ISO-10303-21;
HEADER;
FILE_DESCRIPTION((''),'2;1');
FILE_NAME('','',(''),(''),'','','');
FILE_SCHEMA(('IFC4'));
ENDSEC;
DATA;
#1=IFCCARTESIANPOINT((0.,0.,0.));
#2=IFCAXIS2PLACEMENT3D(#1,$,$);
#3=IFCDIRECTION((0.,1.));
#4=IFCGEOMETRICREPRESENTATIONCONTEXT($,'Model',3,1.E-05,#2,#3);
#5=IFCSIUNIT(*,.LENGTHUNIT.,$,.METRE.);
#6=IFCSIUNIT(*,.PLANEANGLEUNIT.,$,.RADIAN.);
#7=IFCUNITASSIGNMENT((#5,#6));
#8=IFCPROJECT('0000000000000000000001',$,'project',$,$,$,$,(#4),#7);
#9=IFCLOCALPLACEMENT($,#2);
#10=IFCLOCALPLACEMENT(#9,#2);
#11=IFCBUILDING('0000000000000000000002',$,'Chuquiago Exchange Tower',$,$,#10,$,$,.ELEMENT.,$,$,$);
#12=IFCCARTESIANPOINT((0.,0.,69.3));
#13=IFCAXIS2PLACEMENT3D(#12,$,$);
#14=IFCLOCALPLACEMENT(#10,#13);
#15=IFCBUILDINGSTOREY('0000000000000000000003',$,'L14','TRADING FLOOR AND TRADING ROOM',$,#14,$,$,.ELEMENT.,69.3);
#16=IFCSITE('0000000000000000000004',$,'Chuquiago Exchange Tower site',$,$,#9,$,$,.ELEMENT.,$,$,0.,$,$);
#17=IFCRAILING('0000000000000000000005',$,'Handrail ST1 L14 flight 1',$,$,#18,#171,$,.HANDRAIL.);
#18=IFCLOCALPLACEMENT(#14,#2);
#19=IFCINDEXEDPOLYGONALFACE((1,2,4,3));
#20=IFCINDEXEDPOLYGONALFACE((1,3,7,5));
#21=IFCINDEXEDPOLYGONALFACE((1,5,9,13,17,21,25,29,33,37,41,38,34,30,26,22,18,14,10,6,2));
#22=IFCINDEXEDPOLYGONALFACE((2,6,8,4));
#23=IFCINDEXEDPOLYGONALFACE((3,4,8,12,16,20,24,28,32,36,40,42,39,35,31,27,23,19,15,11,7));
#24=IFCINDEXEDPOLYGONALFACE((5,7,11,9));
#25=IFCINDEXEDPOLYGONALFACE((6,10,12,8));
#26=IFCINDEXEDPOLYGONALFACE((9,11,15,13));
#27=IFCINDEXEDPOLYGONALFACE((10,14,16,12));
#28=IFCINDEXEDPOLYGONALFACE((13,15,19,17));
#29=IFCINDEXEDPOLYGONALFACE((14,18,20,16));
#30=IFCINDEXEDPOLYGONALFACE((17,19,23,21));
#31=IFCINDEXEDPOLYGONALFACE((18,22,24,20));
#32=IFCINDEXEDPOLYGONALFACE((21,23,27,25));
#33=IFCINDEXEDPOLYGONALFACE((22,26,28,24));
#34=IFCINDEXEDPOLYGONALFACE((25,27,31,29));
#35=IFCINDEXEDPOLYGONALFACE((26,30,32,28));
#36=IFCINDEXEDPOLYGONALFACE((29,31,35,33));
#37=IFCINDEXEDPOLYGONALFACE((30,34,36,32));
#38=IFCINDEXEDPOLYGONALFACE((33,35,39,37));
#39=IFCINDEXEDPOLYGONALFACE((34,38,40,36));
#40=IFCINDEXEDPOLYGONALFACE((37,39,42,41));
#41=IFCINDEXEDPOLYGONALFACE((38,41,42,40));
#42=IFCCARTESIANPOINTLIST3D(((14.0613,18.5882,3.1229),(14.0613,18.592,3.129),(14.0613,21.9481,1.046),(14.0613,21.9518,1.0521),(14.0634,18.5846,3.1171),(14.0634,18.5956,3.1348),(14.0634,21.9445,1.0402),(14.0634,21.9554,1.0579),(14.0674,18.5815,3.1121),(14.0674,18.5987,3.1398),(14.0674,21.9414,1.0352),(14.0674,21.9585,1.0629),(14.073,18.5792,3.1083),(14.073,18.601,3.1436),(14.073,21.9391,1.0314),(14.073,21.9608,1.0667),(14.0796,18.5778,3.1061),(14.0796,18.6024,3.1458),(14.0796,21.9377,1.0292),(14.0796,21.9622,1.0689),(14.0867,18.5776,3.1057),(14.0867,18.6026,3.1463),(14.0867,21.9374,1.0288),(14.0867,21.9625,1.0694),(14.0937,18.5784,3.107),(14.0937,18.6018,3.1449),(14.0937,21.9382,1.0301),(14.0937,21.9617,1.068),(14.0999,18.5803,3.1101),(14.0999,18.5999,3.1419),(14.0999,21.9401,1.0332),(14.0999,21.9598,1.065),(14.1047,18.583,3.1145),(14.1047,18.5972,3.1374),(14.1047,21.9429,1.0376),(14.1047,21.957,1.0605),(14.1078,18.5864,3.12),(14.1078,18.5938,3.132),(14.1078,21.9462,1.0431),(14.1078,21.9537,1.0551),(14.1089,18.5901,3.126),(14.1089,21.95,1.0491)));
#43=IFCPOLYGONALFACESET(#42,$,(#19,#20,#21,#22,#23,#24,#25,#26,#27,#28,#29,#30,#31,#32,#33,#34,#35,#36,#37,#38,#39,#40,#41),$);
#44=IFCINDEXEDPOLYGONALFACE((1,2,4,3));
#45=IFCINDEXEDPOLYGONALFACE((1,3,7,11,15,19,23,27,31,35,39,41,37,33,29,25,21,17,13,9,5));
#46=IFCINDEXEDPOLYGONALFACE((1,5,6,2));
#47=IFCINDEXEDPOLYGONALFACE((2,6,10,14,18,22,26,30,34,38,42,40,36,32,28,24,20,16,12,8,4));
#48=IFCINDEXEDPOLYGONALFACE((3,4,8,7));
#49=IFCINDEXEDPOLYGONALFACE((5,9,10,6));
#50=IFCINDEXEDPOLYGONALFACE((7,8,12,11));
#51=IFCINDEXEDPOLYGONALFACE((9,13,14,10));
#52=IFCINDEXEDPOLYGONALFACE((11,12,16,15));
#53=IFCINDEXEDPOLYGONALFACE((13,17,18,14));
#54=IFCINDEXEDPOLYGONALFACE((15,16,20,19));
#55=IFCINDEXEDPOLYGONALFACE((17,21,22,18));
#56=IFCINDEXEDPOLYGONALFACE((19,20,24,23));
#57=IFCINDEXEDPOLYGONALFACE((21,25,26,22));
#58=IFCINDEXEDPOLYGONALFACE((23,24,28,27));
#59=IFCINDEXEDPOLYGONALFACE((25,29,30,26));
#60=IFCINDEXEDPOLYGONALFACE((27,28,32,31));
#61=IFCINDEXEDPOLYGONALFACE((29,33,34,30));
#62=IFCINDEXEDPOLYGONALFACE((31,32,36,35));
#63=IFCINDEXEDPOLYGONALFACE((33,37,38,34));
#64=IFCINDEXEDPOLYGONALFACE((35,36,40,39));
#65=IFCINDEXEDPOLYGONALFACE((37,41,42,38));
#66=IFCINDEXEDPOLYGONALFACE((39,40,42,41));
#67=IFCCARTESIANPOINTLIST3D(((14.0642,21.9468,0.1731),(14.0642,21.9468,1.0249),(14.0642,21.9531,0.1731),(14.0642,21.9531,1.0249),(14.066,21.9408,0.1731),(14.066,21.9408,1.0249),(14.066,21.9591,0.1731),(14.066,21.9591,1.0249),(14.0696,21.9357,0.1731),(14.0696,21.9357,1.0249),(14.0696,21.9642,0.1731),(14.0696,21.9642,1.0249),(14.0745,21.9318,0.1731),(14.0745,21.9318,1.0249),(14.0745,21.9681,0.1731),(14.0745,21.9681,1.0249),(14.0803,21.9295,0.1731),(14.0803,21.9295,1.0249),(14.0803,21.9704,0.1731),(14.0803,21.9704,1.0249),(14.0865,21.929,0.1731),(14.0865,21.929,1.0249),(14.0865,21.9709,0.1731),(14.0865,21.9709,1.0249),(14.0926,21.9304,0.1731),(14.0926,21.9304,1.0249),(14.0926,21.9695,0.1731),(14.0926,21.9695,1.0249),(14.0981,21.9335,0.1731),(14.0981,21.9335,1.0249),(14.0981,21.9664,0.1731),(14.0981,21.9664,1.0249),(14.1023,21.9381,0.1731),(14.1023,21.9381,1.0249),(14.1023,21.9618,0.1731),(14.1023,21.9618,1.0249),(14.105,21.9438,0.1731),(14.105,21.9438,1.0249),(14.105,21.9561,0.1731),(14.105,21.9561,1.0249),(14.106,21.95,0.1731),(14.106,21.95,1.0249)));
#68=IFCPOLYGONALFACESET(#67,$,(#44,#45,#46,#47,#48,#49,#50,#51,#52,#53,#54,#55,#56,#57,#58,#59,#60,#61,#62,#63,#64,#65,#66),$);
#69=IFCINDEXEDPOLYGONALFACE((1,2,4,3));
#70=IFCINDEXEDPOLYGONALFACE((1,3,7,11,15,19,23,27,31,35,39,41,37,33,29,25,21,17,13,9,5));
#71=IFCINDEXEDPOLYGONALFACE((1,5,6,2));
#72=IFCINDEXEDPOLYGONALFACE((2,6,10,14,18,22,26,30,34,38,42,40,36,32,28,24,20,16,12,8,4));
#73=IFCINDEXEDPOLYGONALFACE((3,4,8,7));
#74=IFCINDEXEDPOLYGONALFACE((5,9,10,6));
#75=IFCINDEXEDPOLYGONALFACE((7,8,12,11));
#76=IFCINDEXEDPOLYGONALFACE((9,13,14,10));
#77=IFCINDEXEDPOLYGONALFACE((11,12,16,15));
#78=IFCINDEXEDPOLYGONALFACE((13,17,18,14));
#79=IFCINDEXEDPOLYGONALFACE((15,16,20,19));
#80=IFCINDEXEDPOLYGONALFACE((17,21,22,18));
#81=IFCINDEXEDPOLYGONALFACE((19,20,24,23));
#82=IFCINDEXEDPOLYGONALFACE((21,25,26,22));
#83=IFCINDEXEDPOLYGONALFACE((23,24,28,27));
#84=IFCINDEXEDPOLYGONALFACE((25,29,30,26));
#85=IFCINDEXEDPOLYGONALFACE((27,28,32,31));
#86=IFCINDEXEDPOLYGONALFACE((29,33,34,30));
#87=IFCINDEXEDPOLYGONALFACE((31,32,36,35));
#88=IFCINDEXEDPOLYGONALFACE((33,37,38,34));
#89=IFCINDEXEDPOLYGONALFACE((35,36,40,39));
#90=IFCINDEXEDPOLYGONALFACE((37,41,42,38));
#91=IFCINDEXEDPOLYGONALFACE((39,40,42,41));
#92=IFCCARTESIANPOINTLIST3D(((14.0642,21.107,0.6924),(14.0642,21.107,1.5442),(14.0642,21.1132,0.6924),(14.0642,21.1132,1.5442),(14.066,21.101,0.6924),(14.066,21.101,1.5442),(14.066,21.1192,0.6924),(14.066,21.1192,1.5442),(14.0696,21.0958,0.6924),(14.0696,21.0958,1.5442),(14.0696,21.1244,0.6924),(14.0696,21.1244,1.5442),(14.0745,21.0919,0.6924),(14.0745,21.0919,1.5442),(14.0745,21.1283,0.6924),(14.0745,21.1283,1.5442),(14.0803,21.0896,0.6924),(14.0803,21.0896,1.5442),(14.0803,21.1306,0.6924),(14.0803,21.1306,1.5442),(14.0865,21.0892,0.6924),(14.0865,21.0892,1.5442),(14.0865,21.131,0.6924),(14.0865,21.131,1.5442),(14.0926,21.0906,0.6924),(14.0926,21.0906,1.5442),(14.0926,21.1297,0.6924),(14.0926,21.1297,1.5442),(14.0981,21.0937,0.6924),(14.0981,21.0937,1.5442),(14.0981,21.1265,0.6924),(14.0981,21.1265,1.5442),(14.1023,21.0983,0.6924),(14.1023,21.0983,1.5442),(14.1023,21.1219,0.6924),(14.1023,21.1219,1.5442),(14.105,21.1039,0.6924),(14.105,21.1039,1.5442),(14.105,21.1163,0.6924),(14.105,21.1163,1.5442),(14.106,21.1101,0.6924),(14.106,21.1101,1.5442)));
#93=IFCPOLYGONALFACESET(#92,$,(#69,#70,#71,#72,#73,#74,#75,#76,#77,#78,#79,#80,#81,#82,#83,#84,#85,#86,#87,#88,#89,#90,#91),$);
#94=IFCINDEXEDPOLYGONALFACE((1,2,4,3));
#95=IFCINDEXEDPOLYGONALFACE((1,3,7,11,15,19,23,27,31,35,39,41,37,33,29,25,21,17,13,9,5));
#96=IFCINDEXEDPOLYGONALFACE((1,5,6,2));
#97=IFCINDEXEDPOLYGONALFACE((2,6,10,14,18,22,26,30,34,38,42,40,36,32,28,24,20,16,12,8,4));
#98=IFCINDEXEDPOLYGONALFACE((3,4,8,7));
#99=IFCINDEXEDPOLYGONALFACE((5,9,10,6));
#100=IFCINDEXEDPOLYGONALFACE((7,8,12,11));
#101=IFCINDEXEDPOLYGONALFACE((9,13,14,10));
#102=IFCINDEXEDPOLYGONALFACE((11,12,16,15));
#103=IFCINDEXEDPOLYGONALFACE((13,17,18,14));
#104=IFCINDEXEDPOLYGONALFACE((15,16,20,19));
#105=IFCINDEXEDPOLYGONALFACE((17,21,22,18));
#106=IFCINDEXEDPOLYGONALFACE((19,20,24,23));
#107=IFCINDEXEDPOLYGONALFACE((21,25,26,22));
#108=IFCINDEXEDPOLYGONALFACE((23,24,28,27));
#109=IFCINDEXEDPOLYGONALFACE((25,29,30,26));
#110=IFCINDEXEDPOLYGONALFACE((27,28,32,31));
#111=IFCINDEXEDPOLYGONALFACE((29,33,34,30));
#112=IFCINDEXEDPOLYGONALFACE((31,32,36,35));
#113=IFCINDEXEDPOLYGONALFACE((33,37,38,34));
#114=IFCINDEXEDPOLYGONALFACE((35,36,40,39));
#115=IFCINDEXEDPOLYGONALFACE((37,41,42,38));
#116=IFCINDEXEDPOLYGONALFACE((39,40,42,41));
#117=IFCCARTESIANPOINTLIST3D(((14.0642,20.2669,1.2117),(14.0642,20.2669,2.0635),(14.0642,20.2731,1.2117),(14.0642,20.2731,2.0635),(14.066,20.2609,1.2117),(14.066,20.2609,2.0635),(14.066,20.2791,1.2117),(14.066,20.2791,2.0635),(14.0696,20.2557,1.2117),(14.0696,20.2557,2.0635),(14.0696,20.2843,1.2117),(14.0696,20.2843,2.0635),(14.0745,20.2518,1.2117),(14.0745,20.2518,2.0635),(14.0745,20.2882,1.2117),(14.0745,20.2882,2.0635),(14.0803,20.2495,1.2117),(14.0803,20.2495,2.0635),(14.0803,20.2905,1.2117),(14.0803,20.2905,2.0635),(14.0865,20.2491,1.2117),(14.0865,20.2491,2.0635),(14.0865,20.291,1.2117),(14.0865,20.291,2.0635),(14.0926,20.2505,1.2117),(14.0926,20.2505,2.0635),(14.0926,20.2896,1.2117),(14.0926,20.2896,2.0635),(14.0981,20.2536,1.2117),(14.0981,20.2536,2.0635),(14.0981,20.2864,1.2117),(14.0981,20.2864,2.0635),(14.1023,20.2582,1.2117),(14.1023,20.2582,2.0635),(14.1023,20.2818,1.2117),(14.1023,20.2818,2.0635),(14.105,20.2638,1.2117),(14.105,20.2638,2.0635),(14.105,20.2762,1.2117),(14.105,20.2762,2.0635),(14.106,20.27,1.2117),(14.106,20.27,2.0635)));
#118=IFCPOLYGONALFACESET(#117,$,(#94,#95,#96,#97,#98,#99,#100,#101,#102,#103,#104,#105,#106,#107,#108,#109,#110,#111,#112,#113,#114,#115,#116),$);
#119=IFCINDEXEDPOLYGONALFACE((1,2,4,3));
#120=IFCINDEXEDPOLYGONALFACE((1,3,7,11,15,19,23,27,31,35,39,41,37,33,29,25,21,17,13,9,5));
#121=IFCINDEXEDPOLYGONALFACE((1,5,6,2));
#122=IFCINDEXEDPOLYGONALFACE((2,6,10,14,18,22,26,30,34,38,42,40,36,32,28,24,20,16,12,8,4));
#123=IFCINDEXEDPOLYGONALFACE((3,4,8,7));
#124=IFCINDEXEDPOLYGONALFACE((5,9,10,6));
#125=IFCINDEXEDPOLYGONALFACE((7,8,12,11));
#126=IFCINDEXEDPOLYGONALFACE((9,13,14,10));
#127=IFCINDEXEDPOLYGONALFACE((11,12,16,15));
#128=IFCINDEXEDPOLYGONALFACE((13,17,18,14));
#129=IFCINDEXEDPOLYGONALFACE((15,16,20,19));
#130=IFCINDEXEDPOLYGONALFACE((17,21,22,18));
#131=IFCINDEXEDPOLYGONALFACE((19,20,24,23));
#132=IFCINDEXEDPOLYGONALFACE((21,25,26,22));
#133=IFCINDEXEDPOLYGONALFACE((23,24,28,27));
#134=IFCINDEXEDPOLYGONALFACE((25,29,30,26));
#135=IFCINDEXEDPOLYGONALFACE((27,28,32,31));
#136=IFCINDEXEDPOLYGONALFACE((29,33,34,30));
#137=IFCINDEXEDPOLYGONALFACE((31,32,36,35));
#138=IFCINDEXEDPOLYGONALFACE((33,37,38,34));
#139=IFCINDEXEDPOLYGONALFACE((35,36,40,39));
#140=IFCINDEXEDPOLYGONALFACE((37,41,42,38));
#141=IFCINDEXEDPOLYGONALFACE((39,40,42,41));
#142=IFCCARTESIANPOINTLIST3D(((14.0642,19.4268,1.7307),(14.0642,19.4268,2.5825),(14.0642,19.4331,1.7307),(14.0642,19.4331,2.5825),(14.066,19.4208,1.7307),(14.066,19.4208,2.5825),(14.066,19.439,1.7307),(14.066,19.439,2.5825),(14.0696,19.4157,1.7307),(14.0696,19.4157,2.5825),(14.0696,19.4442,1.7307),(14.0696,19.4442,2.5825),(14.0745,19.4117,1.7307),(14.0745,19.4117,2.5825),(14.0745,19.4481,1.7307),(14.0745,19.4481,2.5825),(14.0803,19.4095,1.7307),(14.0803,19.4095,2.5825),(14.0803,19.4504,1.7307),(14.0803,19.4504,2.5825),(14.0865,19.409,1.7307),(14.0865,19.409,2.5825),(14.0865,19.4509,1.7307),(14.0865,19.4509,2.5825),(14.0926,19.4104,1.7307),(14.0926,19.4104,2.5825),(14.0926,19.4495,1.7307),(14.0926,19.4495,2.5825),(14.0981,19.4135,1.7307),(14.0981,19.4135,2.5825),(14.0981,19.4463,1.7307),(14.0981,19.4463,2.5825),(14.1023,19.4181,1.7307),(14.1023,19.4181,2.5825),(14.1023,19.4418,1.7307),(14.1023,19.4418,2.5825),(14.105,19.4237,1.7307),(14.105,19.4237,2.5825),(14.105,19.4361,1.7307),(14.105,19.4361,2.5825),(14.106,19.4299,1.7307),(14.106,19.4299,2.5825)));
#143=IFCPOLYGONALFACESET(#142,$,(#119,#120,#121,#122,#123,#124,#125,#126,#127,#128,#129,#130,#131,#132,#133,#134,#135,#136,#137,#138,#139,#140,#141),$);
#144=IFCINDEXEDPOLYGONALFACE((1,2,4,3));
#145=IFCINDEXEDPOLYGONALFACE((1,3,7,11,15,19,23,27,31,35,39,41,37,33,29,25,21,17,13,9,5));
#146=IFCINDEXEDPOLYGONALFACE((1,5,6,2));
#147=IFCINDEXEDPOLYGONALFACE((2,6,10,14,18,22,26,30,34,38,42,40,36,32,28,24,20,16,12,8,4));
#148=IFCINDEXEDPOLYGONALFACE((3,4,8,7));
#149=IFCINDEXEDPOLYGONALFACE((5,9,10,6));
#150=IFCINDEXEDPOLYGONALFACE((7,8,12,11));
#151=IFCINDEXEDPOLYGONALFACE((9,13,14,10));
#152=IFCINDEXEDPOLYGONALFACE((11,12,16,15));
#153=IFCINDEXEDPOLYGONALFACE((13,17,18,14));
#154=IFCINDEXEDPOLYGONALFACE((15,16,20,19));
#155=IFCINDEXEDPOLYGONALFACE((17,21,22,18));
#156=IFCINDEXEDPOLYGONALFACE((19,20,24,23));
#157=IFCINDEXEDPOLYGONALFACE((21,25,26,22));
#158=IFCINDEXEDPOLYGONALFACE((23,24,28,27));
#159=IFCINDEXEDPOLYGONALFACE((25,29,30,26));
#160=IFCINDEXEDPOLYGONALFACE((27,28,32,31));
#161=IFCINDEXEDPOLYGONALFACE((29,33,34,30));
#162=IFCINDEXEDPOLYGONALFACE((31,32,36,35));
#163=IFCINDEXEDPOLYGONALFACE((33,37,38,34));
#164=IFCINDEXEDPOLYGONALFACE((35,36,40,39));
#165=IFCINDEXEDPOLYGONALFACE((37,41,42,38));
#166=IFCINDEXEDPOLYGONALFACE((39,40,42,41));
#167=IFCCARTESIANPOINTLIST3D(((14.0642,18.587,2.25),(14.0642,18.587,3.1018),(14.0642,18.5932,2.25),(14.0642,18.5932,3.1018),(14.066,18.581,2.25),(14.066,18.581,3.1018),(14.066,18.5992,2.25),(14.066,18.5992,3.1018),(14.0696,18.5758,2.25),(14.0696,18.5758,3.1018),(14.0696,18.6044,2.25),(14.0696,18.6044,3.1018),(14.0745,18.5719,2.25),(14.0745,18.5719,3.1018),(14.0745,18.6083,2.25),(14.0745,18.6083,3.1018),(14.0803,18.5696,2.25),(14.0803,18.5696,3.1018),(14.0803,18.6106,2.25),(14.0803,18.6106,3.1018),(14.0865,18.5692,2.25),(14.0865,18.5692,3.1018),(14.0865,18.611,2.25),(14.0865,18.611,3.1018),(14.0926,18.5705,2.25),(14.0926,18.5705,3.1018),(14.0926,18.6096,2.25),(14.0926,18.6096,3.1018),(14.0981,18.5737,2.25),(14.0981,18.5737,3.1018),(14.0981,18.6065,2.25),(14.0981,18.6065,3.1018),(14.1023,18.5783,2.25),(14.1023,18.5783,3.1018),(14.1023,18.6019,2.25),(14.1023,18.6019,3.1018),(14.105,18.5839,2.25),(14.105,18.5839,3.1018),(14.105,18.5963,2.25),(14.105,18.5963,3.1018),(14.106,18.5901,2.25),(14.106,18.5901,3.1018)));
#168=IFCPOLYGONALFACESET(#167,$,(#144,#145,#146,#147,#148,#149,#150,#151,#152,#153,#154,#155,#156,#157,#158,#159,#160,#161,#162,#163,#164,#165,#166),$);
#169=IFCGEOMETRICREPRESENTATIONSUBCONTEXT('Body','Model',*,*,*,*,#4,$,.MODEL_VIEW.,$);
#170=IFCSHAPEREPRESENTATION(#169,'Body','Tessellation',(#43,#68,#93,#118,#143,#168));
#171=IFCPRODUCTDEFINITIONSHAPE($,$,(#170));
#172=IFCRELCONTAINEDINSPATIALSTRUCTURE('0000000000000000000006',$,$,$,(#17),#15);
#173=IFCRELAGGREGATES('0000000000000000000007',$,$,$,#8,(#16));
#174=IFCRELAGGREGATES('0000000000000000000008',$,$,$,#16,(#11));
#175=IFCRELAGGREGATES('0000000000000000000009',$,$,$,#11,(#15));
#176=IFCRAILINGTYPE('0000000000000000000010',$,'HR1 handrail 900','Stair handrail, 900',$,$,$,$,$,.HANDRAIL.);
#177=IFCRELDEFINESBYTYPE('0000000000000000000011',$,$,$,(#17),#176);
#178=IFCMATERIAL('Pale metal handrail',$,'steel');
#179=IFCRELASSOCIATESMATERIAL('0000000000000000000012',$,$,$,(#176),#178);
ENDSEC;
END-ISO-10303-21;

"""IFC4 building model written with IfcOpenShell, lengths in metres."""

from ifc_helpers import new_model, si_unit, direction, frame, origin, origin_2d, place, context, subcontext, project, spatial, circle, extrude, material, type_object, element, save


model = new_model("IFC4")

# Units and contexts
model_context = context("Model", 3, precision=1e-05, world=origin(), true_north=direction((0.0, 1.0)))
body_context = subcontext(model_context, "Body", "Model", "MODEL_VIEW")
ifc_project = project(units=[si_unit("LENGTHUNIT", "METRE"), si_unit("PLANEANGLEUNIT", "RADIAN")], contexts=[model_context])

# Site, building, storey
site_placement = place(None, origin())
site = spatial("IfcSite", under=ifc_project, at=site_placement, Name="Chuquiago Exchange Tower site", CompositionType="ELEMENT", RefElevation=0.0)
building_placement = place(site_placement, origin())
building = spatial("IfcBuilding", under=site, at=building_placement, Name="Chuquiago Exchange Tower", CompositionType="ELEMENT")
storey_placement = place(building_placement, frame((0.0, 0.0, 69.3)))
storey = spatial("IfcBuildingStorey", under=building, at=storey_placement, Name="L14", Description="TRADING FLOOR AND TRADING ROOM", CompositionType="ELEMENT", Elevation=69.3)

# Railing
ifc_material_1 = material(Name="Pale metal handrail", Category="steel")
railing_type = type_object("IfcRailingType", Name="HR1 handrail 900", Description="Stair handrail, 900", PredefinedType="HANDRAIL", material=ifc_material_1)
for number, where, name in (
    (1, (14.085, 21.95, 0.1731), "Handrail ST1 L14 flight 1"),
):
    element("IfcRailing", number, at=place(storey_placement, frame(where)), inside=storey, type_object=railing_type, Name=name, PredefinedType="HANDRAIL", context=body_context, shape_type="SweptSolid", body=[
        extrude(circle(Radius=0.0239, at=origin_2d()), frame((0.0, 0.0, 0.876), z_axis=(0.0, -0.850606, 0.525803), x_axis=(1.0, 0.0, 0.0)), (0.0, 0.0, 1.0), 3.95),
        extrude(circle(Radius=0.021, at=origin_2d()), origin(), (0.0, 0.0, 1.0), 0.8518),
        extrude(circle(Radius=0.021, at=origin_2d()), frame((0.0, -0.8398, 0.5193)), (0.0, 0.0, 1.0), 0.8518),
        extrude(circle(Radius=0.021, at=origin_2d()), frame((0.0, -1.6799, 1.0386)), (0.0, 0.0, 1.0), 0.8518),
        extrude(circle(Radius=0.021, at=origin_2d()), frame((0.0, -2.52, 1.5576)), (0.0, 0.0, 1.0), 0.8518),
        extrude(circle(Radius=0.021, at=origin_2d()), frame((0.0, -3.3599, 2.0769)), (0.0, 0.0, 1.0), 0.8518),
    ])

save(model, "model.ifc")
